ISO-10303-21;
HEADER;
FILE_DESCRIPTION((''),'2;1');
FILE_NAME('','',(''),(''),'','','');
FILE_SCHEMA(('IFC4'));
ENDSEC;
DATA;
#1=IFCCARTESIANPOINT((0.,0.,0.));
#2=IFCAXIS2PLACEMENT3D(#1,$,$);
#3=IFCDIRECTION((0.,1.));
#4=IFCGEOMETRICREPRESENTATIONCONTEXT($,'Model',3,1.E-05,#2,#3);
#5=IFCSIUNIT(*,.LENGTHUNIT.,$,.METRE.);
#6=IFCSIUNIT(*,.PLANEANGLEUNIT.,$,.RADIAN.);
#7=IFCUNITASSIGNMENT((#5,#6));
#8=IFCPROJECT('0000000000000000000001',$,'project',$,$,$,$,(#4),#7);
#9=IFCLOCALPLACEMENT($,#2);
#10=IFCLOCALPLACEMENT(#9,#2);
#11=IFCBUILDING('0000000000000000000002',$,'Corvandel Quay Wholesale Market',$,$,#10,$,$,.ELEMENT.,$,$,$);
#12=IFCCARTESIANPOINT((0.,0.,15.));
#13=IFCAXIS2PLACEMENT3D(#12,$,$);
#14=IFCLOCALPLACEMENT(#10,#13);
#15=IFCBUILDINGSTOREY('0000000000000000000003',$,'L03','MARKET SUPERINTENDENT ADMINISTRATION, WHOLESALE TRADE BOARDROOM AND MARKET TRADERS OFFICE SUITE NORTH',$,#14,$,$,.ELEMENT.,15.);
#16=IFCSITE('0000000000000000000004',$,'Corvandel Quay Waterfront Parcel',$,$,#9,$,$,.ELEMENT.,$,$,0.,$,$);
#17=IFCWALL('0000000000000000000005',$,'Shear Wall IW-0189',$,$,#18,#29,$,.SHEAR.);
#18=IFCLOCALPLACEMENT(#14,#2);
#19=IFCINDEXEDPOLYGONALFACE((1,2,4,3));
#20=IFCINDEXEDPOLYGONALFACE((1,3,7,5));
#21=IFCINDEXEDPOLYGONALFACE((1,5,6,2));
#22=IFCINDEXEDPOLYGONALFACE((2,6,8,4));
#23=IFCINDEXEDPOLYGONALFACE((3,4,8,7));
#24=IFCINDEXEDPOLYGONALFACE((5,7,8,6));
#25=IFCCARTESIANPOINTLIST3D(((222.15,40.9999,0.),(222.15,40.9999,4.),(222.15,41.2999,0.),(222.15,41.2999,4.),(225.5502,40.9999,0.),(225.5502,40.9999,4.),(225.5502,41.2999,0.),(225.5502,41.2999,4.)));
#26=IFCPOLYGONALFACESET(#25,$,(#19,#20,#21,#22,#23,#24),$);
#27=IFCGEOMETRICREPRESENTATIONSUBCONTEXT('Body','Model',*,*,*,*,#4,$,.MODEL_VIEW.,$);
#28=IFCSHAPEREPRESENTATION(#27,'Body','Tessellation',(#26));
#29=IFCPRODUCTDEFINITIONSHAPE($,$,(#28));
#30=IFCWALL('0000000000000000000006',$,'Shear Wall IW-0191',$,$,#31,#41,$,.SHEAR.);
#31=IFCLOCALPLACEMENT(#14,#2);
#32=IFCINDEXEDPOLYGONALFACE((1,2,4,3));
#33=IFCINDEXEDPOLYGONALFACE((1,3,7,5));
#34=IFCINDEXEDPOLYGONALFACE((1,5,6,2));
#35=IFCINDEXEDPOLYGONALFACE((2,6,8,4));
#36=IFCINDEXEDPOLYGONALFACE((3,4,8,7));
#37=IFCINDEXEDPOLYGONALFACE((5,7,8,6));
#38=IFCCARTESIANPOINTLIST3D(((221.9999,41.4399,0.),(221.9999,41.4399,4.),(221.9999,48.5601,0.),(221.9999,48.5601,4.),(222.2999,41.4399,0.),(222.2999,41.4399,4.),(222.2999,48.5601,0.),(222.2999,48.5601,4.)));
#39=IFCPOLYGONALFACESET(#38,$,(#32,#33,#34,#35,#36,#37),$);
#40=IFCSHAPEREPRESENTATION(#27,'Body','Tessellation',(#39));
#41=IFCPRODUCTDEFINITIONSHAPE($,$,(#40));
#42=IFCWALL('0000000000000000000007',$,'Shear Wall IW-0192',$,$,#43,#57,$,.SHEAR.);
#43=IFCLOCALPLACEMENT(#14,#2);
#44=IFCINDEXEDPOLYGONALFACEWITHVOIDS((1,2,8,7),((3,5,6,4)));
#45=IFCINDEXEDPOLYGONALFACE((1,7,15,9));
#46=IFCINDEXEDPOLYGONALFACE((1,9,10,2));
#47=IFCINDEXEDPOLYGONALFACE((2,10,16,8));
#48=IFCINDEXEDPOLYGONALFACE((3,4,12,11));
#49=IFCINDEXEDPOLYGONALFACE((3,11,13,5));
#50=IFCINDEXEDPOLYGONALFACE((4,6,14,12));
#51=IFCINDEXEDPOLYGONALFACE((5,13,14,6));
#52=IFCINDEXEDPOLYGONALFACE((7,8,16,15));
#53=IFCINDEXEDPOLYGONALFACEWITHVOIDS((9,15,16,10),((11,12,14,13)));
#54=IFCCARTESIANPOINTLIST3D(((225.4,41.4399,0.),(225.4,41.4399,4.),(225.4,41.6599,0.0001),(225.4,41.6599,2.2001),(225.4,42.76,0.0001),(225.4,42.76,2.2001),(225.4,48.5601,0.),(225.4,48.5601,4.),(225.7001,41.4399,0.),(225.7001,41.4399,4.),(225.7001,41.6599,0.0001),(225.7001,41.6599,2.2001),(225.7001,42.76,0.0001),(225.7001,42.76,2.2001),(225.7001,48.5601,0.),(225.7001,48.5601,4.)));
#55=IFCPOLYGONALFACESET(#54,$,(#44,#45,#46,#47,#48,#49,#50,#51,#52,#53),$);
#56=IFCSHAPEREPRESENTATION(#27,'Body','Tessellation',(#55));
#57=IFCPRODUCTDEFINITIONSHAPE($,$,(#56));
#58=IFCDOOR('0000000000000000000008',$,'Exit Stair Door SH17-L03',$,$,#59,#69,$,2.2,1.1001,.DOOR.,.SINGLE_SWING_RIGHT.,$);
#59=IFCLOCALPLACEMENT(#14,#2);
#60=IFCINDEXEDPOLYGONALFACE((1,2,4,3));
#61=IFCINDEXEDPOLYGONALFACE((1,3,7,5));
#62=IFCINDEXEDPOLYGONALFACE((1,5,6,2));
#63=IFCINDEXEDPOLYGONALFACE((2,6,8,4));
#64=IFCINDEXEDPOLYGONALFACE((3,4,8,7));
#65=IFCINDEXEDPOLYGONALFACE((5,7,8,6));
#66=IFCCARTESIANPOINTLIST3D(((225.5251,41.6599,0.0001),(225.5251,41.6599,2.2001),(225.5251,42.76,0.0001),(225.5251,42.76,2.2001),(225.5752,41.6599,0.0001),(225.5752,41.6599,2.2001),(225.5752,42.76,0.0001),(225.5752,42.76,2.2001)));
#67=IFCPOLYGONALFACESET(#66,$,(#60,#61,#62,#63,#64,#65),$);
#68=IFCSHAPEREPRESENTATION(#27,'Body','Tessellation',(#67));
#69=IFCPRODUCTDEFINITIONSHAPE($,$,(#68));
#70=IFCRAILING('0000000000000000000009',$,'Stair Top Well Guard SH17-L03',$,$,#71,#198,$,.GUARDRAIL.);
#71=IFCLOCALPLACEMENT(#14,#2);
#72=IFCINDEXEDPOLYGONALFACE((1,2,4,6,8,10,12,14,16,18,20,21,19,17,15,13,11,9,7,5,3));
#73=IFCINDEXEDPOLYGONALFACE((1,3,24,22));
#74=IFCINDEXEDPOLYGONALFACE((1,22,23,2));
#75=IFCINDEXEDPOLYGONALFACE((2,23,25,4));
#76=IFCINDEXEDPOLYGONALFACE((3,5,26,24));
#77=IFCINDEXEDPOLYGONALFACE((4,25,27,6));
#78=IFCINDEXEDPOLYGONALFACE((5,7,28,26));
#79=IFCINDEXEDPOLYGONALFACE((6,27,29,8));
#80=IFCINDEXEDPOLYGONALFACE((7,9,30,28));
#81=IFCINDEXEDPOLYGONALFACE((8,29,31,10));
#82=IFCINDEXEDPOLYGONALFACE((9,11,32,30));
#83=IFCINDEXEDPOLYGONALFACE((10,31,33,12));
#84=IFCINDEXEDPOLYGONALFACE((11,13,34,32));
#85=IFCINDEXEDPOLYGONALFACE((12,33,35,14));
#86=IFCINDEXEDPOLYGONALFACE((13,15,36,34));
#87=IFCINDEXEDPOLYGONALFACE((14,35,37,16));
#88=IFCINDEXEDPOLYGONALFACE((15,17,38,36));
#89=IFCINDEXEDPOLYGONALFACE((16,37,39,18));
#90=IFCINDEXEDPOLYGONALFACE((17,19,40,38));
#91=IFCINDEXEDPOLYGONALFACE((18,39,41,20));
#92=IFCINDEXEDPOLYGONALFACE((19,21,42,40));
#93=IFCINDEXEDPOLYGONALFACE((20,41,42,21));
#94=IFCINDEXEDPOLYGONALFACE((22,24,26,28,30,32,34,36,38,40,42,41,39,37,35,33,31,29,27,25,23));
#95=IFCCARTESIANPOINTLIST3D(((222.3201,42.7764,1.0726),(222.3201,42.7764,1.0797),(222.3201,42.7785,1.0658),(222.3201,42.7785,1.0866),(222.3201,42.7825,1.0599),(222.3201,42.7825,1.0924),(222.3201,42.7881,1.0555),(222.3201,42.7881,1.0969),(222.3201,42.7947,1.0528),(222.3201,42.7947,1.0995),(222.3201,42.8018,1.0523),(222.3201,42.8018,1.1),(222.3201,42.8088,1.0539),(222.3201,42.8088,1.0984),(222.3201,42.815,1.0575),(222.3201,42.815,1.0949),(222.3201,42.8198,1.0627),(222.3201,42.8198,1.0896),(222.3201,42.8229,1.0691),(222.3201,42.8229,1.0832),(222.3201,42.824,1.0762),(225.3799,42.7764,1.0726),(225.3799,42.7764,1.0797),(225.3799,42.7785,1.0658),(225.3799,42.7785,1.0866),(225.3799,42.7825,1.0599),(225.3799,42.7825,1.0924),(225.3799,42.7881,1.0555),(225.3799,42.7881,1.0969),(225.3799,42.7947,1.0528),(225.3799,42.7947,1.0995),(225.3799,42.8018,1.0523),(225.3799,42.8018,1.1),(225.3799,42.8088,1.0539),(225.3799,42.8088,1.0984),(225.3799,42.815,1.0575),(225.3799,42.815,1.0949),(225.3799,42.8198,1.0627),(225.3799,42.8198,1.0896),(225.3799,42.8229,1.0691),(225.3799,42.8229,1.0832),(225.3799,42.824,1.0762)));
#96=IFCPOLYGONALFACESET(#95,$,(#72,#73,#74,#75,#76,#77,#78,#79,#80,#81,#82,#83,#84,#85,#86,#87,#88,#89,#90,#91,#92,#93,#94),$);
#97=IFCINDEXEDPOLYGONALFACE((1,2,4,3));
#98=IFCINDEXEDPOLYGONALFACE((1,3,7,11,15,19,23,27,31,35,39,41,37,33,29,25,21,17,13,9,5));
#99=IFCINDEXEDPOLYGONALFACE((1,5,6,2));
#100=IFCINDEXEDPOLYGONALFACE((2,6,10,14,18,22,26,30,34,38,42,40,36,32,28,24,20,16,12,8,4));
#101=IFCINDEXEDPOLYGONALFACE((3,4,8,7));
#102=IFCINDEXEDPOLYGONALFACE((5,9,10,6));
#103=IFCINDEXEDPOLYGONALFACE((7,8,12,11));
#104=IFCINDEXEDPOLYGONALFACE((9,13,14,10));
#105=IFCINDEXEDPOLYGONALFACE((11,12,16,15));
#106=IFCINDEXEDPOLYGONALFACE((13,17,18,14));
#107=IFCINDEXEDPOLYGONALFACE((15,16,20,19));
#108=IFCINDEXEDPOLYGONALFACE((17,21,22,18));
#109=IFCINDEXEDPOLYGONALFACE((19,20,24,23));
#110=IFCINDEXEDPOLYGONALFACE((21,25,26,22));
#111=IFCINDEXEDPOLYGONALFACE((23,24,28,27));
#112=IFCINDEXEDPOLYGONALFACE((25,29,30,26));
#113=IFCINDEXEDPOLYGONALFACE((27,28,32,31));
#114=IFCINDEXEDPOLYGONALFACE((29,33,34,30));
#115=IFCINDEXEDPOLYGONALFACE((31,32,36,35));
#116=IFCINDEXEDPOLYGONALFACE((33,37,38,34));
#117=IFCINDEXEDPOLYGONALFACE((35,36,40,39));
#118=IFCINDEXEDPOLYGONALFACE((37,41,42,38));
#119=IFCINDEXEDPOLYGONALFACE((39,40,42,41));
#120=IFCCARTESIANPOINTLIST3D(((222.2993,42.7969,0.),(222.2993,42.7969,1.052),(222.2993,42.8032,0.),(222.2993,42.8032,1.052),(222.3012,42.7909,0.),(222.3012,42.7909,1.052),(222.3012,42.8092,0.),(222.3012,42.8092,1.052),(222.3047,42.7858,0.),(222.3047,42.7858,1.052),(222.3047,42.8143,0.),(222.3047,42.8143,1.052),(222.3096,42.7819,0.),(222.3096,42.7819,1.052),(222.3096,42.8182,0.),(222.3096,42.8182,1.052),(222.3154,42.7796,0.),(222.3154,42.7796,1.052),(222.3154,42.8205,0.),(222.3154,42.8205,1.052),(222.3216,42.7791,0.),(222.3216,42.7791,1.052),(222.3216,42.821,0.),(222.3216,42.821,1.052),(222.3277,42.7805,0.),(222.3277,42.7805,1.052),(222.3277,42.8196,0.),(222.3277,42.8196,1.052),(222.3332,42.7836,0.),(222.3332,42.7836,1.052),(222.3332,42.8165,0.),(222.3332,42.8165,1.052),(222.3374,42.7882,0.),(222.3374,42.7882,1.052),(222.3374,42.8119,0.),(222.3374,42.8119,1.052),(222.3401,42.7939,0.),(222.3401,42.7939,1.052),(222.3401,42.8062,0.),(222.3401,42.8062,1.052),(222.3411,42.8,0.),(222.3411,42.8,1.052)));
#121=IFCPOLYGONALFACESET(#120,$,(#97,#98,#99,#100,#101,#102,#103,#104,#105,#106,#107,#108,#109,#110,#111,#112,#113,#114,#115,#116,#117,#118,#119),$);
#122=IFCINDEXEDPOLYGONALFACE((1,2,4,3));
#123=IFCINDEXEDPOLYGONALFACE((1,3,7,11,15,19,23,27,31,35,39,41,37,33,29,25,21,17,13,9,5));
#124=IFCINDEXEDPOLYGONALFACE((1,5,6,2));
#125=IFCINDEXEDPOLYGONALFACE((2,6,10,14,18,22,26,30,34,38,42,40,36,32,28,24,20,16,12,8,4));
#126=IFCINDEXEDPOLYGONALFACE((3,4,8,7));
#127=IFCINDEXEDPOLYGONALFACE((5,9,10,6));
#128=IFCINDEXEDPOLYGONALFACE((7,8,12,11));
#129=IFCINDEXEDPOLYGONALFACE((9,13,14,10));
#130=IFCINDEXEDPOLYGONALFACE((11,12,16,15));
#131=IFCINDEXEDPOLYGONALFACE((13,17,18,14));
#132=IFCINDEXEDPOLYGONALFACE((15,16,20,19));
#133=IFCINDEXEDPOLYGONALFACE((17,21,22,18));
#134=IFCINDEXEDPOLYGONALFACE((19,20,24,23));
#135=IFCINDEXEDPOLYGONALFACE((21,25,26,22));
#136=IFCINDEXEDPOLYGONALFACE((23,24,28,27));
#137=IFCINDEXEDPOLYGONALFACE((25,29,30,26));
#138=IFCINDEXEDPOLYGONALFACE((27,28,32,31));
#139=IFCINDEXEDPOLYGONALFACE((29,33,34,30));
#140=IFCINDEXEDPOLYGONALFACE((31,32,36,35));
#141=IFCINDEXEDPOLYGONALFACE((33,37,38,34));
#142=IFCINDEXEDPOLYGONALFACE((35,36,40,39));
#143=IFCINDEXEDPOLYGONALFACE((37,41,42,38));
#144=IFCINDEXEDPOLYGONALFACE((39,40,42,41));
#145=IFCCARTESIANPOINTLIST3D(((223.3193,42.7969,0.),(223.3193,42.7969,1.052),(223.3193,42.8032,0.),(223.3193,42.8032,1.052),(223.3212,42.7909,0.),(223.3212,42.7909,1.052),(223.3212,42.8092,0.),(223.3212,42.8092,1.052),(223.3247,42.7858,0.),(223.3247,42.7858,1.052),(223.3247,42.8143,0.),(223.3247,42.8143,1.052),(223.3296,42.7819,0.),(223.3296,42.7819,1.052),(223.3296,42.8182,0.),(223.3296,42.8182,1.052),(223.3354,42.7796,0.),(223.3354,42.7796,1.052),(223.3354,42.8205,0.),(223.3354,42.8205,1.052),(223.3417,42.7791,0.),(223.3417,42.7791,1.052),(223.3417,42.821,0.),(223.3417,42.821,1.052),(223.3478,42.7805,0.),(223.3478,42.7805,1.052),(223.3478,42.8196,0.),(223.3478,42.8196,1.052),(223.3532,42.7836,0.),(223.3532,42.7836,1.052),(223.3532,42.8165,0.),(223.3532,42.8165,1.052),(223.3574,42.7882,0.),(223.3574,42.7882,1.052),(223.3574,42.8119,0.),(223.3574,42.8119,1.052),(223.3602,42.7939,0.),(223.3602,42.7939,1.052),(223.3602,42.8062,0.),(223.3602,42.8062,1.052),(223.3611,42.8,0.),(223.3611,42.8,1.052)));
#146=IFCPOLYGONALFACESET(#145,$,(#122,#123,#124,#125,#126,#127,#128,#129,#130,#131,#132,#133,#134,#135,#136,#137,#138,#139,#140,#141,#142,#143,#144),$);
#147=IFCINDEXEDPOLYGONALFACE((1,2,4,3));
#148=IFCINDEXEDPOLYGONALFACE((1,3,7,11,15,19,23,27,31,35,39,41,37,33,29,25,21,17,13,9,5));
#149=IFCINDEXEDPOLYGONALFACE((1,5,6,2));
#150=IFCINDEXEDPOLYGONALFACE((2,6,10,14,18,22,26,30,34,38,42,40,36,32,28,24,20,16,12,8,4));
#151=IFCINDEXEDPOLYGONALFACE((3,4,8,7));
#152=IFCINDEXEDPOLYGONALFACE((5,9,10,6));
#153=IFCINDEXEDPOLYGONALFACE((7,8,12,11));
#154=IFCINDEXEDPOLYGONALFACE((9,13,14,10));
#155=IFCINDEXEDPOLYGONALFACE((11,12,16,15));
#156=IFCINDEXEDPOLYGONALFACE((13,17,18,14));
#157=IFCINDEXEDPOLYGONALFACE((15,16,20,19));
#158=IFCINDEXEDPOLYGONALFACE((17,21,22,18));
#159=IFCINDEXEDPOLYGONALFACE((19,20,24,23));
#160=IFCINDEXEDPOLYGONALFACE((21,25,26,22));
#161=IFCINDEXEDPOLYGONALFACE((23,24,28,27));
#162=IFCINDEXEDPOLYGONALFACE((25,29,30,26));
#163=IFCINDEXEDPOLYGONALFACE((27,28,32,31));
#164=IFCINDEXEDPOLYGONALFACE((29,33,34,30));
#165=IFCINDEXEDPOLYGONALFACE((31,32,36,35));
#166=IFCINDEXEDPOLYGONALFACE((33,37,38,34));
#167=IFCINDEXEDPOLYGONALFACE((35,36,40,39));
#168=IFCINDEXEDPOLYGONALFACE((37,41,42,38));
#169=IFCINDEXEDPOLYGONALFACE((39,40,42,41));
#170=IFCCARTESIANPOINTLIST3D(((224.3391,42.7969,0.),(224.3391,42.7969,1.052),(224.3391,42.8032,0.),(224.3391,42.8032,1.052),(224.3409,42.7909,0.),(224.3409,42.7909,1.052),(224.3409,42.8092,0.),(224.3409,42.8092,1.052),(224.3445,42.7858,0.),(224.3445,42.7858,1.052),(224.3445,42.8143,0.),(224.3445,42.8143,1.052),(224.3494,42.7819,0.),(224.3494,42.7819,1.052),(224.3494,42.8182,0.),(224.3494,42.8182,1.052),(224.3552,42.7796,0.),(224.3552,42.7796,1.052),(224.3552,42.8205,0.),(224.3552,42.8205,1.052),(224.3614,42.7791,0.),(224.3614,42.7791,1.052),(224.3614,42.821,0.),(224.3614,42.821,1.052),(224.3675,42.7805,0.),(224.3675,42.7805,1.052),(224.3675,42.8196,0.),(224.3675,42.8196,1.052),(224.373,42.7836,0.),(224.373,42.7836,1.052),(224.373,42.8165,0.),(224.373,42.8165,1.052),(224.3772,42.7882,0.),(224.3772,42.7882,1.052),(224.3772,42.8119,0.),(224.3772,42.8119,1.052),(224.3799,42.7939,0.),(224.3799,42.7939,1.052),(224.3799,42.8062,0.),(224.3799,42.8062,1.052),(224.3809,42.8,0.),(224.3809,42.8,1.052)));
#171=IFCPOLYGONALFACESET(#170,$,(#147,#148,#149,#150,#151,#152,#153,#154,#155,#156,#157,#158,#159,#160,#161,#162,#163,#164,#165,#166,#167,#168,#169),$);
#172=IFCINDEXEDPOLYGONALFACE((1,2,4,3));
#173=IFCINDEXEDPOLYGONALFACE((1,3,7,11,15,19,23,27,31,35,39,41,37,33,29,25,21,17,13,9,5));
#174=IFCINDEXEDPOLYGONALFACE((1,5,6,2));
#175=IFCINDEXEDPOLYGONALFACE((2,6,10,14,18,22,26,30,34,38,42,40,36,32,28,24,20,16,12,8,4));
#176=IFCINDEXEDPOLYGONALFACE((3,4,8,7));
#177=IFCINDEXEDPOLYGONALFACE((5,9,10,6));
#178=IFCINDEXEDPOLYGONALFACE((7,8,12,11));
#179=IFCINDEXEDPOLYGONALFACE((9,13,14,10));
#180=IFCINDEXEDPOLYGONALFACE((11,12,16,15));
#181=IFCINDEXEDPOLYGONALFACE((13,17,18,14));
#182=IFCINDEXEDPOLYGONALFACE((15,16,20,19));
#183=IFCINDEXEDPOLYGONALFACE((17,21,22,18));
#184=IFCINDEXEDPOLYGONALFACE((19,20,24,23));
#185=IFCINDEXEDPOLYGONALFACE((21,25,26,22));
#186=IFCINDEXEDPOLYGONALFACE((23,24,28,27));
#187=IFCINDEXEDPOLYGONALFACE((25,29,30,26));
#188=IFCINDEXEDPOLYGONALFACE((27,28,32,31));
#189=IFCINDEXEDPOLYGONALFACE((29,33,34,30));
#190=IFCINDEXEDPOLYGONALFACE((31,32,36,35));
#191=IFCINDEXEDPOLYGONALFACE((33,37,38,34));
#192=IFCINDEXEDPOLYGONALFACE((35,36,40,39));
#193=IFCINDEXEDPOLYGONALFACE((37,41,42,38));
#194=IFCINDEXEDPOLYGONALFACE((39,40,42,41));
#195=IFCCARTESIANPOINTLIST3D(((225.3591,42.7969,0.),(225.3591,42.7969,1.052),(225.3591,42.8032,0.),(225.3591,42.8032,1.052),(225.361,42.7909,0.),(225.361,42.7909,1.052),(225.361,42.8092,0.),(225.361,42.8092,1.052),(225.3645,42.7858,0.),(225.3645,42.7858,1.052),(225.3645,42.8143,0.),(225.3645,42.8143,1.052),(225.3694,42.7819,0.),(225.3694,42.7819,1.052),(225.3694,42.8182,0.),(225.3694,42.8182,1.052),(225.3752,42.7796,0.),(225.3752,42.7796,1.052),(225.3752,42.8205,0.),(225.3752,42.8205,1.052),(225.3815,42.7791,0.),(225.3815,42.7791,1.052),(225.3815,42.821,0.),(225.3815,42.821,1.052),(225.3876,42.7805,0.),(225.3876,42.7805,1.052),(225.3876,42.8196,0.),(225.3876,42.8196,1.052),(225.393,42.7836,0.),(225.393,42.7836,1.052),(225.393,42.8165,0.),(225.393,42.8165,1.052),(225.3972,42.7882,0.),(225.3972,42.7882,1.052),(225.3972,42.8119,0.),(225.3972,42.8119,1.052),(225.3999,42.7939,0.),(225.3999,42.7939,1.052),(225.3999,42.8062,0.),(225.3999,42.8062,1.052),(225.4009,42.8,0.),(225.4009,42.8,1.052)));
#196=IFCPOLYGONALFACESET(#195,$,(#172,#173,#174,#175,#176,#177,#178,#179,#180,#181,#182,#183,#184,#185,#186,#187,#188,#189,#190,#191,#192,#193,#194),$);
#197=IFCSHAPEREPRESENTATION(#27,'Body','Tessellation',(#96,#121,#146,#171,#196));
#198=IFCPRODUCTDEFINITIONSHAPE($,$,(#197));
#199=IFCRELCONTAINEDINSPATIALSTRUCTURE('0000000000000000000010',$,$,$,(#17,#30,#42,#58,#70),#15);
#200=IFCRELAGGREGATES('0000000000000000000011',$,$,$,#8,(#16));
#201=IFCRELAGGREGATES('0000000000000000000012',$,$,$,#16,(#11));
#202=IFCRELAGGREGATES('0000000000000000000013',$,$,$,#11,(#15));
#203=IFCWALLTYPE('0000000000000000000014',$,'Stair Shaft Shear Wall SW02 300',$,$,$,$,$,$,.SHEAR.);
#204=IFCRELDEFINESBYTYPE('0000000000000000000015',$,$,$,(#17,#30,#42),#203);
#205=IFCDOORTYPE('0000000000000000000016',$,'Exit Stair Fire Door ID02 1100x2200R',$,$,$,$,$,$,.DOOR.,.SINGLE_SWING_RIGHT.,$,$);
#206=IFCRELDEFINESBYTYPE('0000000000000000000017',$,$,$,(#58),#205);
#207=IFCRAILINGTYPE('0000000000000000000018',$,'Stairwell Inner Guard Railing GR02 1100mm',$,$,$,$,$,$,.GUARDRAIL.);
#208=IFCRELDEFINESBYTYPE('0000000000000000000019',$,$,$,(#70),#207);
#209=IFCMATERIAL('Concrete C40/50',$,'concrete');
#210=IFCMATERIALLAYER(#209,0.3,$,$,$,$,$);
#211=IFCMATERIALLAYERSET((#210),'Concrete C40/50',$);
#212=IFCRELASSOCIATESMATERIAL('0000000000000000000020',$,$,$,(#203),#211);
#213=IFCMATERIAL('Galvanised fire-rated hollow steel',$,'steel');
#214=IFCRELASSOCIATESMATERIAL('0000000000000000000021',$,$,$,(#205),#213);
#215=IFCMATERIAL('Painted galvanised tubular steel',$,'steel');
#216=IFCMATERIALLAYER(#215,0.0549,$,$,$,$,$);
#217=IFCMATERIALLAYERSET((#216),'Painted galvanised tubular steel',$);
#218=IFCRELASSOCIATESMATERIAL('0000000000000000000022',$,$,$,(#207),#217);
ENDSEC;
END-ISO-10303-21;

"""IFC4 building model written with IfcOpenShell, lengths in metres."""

from ifc_helpers import new_model, si_unit, direction, frame, frame_2d, origin, origin_2d, place, context, subcontext, project, spatial, rectangle, circle, extrude, material, layer, layer_set, type_object, element, fill, save


model = new_model("IFC4")

# Units and contexts
model_context = context("Model", 3, precision=1e-05, world=origin(), true_north=direction((0.0, 1.0)))
body_context = subcontext(model_context, "Body", "Model", "MODEL_VIEW")
ifc_project = project(units=[si_unit("LENGTHUNIT", "METRE"), si_unit("PLANEANGLEUNIT", "RADIAN")], contexts=[model_context])

# Site, building, storey
site_placement = place(None, origin())
site = spatial("IfcSite", under=ifc_project, at=site_placement, Name="Corvandel Quay Waterfront Parcel", CompositionType="ELEMENT", RefElevation=0.0)
building_placement = place(site_placement, origin())
building = spatial("IfcBuilding", under=site, at=building_placement, Name="Corvandel Quay Wholesale Market", CompositionType="ELEMENT")
storey_placement = place(building_placement, frame((0.0, 0.0, 15.0)))
storey = spatial("IfcBuildingStorey", under=building, at=storey_placement, Name="L03", Description="MARKET SUPERINTENDENT ADMINISTRATION, WHOLESALE TRADE BOARDROOM AND MARKET TRADERS OFFICE SUITE NORTH", CompositionType="ELEMENT", Elevation=15.0)

# Walls
ifc_material_1 = material(Name="Concrete C40/50", Category="concrete")
ifc_layer_1 = layer(ifc_material_1, 0.3)
ifc_layer_set_1 = layer_set([ifc_layer_1], Name="Concrete C40/50")
wall_type_1 = type_object("IfcWallType", Name="Stair Shaft Shear Wall SW02 300", PredefinedType="SHEAR", material=ifc_layer_set_1)
wall_1_placement = place(storey_placement, frame((222.1499, 41.1499, 0.0), z_axis=(0.0, 0.0, 1.0), x_axis=(1.0, 0.0, 0.0)))
element("IfcWall", 1, at=wall_1_placement, inside=storey, type_object=wall_type_1, Name="Shear Wall IW-0189", PredefinedType="SHEAR", context=body_context, shape_type="SweptSolid", body=[
    extrude(rectangle(XDim=3.4001, YDim=0.3, at=frame_2d((1.7002, 0.0))), origin(), (0.0, 0.0, 1.0), 4.0),
])
wall_2_placement = place(storey_placement, frame((222.1499, 41.4399, 0.0), z_axis=(0.0, 0.0, 1.0), x_axis=(0.0, 1.0, 0.0)))
element("IfcWall", 2, at=wall_2_placement, inside=storey, type_object=wall_type_1, Name="Shear Wall IW-0191", PredefinedType="SHEAR", context=body_context, shape_type="SweptSolid", body=[
    extrude(rectangle(XDim=7.1201, YDim=0.3, at=frame_2d((3.5601, 0.0))), origin(), (0.0, 0.0, 1.0), 4.0),
])

# Wall, opening, door
wall_3_placement = place(storey_placement, frame((225.55, 41.4399, 0.0), z_axis=(0.0, 0.0, 1.0), x_axis=(0.0, 1.0, 0.0)))
wall_3 = element("IfcWall", 3, at=wall_3_placement, inside=storey, type_object=wall_type_1, Name="Shear Wall IW-0192", PredefinedType="SHEAR", context=body_context, shape_type="SweptSolid", body=[
    extrude(rectangle(XDim=7.1201, YDim=0.3, at=frame_2d((3.5601, 0.0))), origin(), (0.0, 0.0, 1.0), 4.0),
])
opening_placement = place(wall_3_placement, frame((0.22, 0.0, 0.0)))
opening = element("IfcOpeningElement", 4, at=opening_placement, cuts=wall_3, PredefinedType="OPENING", context=body_context, shape_type="SweptSolid", body=[
    extrude(rectangle(XDim=1.1001, YDim=2.2, at=frame_2d((0.55, 1.1001))), frame((0.0, 0.1599, 0.0), z_axis=(0.0, -1.0, 0.0), x_axis=(1.0, 0.0, 0.0)), (0.0, 0.0, 1.0), 0.3201),
])
ifc_material_2 = material(Name="Galvanised fire-rated hollow steel", Category="steel")
door_type = type_object("IfcDoorType", Name="Exit Stair Fire Door ID02 1100x2200R", OperationType="SINGLE_SWING_RIGHT", PredefinedType="DOOR", material=ifc_material_2)
door_placement = place(opening_placement, origin())
door = element("IfcDoor", 5, at=door_placement, inside=storey, type_object=door_type, Name="Exit Stair Door SH17-L03", OperationType="SINGLE_SWING_RIGHT", OverallHeight=2.2, OverallWidth=1.1001, PredefinedType="DOOR", context=body_context, shape_type="SweptSolid", body=[
    extrude(rectangle(XDim=1.1001, YDim=2.2, at=frame_2d((0.55, 1.1001))), frame((0.0, 0.0249, 0.0), z_axis=(0.0, -1.0, 0.0), x_axis=(1.0, 0.0, 0.0)), (0.0, 0.0, 1.0), 0.05),
])
fill(opening, door)

# Railing
ifc_material_3 = material(Name="Painted galvanised tubular steel", Category="steel")
ifc_layer_2 = layer(ifc_material_3, 0.0549)
ifc_layer_set_2 = layer_set([ifc_layer_2], Name="Painted galvanised tubular steel")
railing_type = type_object("IfcRailingType", Name="Stairwell Inner Guard Railing GR02 1100mm", PredefinedType="GUARDRAIL", material=ifc_layer_set_2)
railing_placement = place(storey_placement, frame((222.3201, 42.8, 0.0)))
element("IfcRailing", 6, at=railing_placement, inside=storey, type_object=railing_type, Name="Stair Top Well Guard SH17-L03", PredefinedType="GUARDRAIL", context=body_context, shape_type="SweptSolid", body=[
    extrude(circle(Radius=0.0239, at=origin_2d()), frame((0.0, 0.0, 1.0762), z_axis=(1.0, 0.0, 0.0), x_axis=(0.0, 1.0, 0.0)), (0.0, 0.0, 1.0), 3.0598),
    extrude(circle(Radius=0.021, at=origin_2d()), origin(), (0.0, 0.0, 1.0), 1.052),
    extrude(circle(Radius=0.021, at=origin_2d()), frame((1.02, 0.0, 0.0)), (0.0, 0.0, 1.0), 1.052),
    extrude(circle(Radius=0.021, at=origin_2d()), frame((2.0398, 0.0, 0.0)), (0.0, 0.0, 1.0), 1.052),
    extrude(circle(Radius=0.021, at=origin_2d()), frame((3.0598, 0.0, 0.0)), (0.0, 0.0, 1.0), 1.052),
])

save(model, "model.ifc")
